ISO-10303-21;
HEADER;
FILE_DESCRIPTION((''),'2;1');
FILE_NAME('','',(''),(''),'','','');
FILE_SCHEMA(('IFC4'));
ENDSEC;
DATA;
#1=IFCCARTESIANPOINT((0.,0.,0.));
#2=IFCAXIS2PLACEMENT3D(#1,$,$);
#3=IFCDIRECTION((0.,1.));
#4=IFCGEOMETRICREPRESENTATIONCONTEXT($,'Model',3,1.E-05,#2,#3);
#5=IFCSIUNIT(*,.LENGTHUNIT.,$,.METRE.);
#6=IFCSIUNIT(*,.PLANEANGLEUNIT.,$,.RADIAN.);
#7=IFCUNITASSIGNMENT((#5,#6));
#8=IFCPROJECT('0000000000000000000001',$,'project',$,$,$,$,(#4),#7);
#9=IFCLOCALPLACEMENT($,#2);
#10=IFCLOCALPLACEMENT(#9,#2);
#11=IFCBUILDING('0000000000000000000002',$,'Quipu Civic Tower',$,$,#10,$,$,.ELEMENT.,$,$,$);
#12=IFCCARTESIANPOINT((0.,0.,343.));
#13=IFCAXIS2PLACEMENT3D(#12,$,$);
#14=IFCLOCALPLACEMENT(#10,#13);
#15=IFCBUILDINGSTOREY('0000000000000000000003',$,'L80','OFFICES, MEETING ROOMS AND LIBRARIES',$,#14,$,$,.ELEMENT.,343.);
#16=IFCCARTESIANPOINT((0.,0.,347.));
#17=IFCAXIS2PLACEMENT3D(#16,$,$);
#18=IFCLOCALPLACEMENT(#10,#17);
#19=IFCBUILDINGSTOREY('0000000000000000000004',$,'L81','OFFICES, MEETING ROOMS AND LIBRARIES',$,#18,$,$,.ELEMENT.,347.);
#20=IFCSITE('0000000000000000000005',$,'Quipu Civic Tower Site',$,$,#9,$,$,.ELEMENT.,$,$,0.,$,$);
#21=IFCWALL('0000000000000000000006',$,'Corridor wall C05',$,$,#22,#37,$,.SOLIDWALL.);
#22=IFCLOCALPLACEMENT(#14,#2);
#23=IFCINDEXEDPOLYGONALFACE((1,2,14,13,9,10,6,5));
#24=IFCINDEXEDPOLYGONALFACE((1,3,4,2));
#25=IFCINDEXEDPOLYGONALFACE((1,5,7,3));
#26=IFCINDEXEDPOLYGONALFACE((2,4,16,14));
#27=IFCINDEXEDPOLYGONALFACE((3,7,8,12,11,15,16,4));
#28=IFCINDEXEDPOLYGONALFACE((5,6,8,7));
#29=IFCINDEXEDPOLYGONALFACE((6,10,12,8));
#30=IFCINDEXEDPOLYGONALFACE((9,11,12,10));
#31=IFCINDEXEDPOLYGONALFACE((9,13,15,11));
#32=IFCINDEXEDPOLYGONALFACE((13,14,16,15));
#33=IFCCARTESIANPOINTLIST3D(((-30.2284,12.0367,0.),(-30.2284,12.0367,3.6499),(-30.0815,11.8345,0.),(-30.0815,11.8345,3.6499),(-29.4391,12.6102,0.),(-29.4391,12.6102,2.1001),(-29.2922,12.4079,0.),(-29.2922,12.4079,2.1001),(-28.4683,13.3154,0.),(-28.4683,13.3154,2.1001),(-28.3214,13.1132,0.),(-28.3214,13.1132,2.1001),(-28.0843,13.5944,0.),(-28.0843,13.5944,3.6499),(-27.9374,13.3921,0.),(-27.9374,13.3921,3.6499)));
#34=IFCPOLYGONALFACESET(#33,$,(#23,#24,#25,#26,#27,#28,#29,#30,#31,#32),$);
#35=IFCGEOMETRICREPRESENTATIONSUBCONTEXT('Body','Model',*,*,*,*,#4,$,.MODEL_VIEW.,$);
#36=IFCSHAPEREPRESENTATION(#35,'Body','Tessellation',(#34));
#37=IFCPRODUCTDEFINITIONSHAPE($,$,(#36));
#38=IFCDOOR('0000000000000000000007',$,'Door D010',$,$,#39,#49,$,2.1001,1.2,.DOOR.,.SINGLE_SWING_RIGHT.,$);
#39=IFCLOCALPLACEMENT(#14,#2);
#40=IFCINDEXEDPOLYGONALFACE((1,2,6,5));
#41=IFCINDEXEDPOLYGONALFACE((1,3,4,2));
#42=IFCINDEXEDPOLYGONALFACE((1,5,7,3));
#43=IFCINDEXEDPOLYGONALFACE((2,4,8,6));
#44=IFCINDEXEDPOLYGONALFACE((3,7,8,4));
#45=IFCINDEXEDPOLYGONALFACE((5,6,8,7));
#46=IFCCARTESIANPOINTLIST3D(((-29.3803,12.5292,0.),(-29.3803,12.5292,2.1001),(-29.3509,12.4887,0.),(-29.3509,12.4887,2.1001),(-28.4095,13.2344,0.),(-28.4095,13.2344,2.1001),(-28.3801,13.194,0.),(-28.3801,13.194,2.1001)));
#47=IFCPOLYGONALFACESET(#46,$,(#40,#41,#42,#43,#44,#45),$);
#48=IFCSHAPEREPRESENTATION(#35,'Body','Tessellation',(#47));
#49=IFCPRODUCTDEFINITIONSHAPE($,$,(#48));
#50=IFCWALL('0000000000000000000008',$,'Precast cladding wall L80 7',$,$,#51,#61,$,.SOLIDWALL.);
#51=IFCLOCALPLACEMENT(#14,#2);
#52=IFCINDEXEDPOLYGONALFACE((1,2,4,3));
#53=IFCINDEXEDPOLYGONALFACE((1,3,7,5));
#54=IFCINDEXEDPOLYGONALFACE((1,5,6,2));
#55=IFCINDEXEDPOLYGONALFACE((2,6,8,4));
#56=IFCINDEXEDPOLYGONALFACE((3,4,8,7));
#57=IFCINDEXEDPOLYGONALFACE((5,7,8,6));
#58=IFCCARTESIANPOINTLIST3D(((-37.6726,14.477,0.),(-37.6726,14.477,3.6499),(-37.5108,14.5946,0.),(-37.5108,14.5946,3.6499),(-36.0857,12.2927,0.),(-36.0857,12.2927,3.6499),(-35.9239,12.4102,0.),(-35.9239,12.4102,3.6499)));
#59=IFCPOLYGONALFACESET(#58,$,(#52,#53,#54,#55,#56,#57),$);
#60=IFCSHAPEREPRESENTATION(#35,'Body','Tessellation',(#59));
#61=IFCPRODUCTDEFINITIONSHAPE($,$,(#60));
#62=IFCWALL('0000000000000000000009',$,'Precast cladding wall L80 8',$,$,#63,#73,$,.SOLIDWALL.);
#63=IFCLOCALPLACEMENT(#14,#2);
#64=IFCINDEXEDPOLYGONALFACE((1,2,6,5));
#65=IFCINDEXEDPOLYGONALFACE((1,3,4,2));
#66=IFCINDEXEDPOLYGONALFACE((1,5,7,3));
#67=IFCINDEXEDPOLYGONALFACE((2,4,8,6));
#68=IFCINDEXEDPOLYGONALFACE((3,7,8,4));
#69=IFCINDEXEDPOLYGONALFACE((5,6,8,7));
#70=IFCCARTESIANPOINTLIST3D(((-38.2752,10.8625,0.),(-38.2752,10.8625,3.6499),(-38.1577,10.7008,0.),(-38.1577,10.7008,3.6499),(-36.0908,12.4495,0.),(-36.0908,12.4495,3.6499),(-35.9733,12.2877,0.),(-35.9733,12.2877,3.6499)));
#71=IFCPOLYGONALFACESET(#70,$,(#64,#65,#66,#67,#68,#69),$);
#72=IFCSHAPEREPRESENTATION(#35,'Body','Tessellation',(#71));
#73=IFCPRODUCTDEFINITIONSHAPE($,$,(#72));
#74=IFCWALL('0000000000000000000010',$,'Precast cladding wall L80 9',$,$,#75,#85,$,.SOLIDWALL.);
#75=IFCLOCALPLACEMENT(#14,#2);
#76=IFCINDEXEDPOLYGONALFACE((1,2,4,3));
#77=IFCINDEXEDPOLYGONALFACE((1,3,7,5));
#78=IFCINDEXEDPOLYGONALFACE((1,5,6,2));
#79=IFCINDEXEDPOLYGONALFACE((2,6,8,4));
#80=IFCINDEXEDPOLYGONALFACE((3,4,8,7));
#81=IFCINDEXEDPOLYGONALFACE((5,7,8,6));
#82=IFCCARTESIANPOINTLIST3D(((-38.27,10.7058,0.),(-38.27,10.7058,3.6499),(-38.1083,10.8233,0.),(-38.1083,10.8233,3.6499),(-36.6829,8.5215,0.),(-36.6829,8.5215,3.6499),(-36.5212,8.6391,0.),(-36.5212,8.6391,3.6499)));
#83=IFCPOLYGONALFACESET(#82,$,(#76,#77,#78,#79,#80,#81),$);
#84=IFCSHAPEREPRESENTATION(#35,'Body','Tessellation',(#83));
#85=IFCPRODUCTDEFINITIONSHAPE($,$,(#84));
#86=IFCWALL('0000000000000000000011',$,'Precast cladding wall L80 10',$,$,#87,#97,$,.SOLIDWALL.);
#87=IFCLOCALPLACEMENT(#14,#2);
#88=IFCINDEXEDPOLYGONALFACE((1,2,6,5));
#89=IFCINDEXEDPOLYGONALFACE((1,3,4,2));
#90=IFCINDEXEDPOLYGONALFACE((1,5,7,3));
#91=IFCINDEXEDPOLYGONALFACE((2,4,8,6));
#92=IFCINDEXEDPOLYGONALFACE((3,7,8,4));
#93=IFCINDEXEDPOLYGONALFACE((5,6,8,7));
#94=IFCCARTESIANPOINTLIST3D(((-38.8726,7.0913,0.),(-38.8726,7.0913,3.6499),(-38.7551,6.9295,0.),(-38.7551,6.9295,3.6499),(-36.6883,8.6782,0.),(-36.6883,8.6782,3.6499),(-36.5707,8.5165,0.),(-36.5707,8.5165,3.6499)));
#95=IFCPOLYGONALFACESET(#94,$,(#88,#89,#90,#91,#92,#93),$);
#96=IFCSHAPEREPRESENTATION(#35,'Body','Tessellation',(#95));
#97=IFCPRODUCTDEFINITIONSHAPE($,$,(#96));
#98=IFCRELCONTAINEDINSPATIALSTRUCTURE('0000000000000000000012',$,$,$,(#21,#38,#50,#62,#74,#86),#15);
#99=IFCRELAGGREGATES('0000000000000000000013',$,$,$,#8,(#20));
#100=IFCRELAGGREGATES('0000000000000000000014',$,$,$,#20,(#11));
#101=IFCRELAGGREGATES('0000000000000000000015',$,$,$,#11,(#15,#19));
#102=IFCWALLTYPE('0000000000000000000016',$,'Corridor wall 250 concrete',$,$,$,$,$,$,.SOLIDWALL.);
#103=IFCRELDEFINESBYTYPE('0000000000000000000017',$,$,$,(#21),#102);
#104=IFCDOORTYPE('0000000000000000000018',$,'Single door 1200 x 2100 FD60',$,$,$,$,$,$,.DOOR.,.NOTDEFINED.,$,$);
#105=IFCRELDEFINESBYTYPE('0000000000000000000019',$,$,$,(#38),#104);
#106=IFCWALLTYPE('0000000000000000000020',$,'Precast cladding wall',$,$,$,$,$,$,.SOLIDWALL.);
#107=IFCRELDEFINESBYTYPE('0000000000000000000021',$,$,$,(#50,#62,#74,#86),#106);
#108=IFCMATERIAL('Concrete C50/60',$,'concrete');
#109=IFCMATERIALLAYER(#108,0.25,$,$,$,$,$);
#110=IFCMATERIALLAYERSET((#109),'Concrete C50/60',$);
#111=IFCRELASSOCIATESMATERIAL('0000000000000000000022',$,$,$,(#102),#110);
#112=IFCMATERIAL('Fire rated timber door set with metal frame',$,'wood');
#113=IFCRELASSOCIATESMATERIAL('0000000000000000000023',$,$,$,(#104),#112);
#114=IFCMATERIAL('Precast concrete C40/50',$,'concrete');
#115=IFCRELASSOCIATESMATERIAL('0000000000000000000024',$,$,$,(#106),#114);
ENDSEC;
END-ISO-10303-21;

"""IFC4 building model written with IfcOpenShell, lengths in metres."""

from ifc_helpers import new_model, si_unit, direction, frame, frame_2d, origin, place, context, subcontext, project, spatial, rectangle, extrude, material, layer, layer_set, type_object, element, fill, save


model = new_model("IFC4")

# Units and contexts
model_context = context("Model", 3, precision=1e-05, world=origin(), true_north=direction((0.0, 1.0)))
body_context = subcontext(model_context, "Body", "Model", "MODEL_VIEW")
ifc_project = project(units=[si_unit("LENGTHUNIT", "METRE"), si_unit("PLANEANGLEUNIT", "RADIAN")], contexts=[model_context])

# Site, building, storey
site_placement = place(None, origin())
site = spatial("IfcSite", under=ifc_project, at=site_placement, Name="Quipu Civic Tower Site", CompositionType="ELEMENT", RefElevation=0.0)
building_placement = place(site_placement, origin())
building = spatial("IfcBuilding", under=site, at=building_placement, Name="Quipu Civic Tower", CompositionType="ELEMENT")
storey_1_placement = place(building_placement, frame((0.0, 0.0, 343.0)))
storey_1 = spatial("IfcBuildingStorey", under=building, at=storey_1_placement, Name="L80", Description="OFFICES, MEETING ROOMS AND LIBRARIES", CompositionType="ELEMENT", Elevation=343.0)

# Shared definitions
storey_2_placement = place(building_placement, frame((0.0, 0.0, 347.0)))
storey_2 = spatial("IfcBuildingStorey", under=building, at=storey_2_placement, Name="L81", Description="OFFICES, MEETING ROOMS AND LIBRARIES", CompositionType="ELEMENT", Elevation=347.0)

# Wall, opening, door
ifc_material_1 = material(Name="Concrete C50/60", Category="concrete")
ifc_layer_1 = layer(ifc_material_1, 0.25)
ifc_layer_set_1 = layer_set([ifc_layer_1], Name="Concrete C50/60")
wall_type_1 = type_object("IfcWallType", Name="Corridor wall 250 concrete", PredefinedType="SOLIDWALL", material=ifc_layer_set_1)
wall_placement = place(storey_1_placement, frame((-30.155, 11.9355, 0.0), z_axis=(0.0, 0.0, 1.0), x_axis=(0.809039, 0.587755, 0.0)))
wall = element("IfcWall", 1, at=wall_placement, inside=storey_1, type_object=wall_type_1, Name="Corridor wall C05", PredefinedType="SOLIDWALL", context=body_context, shape_type="SweptSolid", body=[
    extrude(rectangle(XDim=2.6501, YDim=0.25, at=frame_2d((1.3252, 0.0))), origin(), (0.0, 0.0, 1.0), 3.6499),
])
opening_placement = place(wall_placement, frame((0.9756, 0.0, 0.0)))
opening = element("IfcOpeningElement", 2, at=opening_placement, cuts=wall, PredefinedType="OPENING", context=body_context, shape_type="SweptSolid", body=[
    extrude(rectangle(XDim=1.2, YDim=2.1001, at=frame_2d((0.6001, 1.05))), frame((0.0, 0.135, 0.0), z_axis=(0.0, -1.0, 0.0), x_axis=(1.0, 0.0, 0.0)), (0.0, 0.0, 1.0), 0.27),
])
ifc_material_2 = material(Name="Fire rated timber door set with metal frame", Category="wood")
door_type = type_object("IfcDoorType", Name="Single door 1200 x 2100 FD60", OperationType="NOTDEFINED", PredefinedType="DOOR", material=ifc_material_2)
door_placement = place(opening_placement, origin())
door = element("IfcDoor", 3, at=door_placement, inside=storey_1, type_object=door_type, Name="Door D010", OperationType="SINGLE_SWING_RIGHT", OverallHeight=2.1001, OverallWidth=1.2, PredefinedType="DOOR", context=body_context, shape_type="SweptSolid", body=[
    extrude(rectangle(XDim=1.2, YDim=2.1001, at=frame_2d((0.6001, 1.05))), frame((0.0, 0.0249, 0.0), z_axis=(0.0, -1.0, 0.0), x_axis=(1.0, 0.0, 0.0)), (0.0, 0.0, 1.0), 0.05),
])
fill(opening, door)

# Walls
ifc_material_3 = material(Name="Precast concrete C40/50", Category="concrete")
wall_type_2 = type_object("IfcWallType", Name="Precast cladding wall", PredefinedType="SOLIDWALL", material=ifc_material_3)
for number, where, z_axis, x_axis, name in (
    (4, (-37.5918, 14.5359, 0.0), (0.0, 0.0, 1.0), (0.587763, -0.809033, 0.0), "Precast cladding wall L80 7"),
    (5, (-36.032, 12.3687, 0.0), (0.0, 0.0, 1.0), (-0.809033, -0.587763, 0.0), "Precast cladding wall L80 8"),
    (6, (-38.1892, 10.7646, 0.0), (0.0, 0.0, 1.0), (0.587822, -0.80899, 0.0), "Precast cladding wall L80 9"),
    (7, (-36.6294, 8.5974, 0.0), (0.0, 0.0, 1.0), (-0.809033, -0.587763, 0.0), "Precast cladding wall L80 10"),
):
    element("IfcWall", number, at=place(storey_1_placement, frame(where, z_axis=z_axis, x_axis=x_axis)), inside=storey_1, type_object=wall_type_2, Name=name, PredefinedType="SOLIDWALL", context=body_context, shape_type="SweptSolid", body=[
        extrude(rectangle(XDim=2.7, YDim=0.2, at=frame_2d((1.3501, 0.0))), origin(), (0.0, 0.0, 1.0), 3.6499),
    ])

save(model, "model.ifc")
